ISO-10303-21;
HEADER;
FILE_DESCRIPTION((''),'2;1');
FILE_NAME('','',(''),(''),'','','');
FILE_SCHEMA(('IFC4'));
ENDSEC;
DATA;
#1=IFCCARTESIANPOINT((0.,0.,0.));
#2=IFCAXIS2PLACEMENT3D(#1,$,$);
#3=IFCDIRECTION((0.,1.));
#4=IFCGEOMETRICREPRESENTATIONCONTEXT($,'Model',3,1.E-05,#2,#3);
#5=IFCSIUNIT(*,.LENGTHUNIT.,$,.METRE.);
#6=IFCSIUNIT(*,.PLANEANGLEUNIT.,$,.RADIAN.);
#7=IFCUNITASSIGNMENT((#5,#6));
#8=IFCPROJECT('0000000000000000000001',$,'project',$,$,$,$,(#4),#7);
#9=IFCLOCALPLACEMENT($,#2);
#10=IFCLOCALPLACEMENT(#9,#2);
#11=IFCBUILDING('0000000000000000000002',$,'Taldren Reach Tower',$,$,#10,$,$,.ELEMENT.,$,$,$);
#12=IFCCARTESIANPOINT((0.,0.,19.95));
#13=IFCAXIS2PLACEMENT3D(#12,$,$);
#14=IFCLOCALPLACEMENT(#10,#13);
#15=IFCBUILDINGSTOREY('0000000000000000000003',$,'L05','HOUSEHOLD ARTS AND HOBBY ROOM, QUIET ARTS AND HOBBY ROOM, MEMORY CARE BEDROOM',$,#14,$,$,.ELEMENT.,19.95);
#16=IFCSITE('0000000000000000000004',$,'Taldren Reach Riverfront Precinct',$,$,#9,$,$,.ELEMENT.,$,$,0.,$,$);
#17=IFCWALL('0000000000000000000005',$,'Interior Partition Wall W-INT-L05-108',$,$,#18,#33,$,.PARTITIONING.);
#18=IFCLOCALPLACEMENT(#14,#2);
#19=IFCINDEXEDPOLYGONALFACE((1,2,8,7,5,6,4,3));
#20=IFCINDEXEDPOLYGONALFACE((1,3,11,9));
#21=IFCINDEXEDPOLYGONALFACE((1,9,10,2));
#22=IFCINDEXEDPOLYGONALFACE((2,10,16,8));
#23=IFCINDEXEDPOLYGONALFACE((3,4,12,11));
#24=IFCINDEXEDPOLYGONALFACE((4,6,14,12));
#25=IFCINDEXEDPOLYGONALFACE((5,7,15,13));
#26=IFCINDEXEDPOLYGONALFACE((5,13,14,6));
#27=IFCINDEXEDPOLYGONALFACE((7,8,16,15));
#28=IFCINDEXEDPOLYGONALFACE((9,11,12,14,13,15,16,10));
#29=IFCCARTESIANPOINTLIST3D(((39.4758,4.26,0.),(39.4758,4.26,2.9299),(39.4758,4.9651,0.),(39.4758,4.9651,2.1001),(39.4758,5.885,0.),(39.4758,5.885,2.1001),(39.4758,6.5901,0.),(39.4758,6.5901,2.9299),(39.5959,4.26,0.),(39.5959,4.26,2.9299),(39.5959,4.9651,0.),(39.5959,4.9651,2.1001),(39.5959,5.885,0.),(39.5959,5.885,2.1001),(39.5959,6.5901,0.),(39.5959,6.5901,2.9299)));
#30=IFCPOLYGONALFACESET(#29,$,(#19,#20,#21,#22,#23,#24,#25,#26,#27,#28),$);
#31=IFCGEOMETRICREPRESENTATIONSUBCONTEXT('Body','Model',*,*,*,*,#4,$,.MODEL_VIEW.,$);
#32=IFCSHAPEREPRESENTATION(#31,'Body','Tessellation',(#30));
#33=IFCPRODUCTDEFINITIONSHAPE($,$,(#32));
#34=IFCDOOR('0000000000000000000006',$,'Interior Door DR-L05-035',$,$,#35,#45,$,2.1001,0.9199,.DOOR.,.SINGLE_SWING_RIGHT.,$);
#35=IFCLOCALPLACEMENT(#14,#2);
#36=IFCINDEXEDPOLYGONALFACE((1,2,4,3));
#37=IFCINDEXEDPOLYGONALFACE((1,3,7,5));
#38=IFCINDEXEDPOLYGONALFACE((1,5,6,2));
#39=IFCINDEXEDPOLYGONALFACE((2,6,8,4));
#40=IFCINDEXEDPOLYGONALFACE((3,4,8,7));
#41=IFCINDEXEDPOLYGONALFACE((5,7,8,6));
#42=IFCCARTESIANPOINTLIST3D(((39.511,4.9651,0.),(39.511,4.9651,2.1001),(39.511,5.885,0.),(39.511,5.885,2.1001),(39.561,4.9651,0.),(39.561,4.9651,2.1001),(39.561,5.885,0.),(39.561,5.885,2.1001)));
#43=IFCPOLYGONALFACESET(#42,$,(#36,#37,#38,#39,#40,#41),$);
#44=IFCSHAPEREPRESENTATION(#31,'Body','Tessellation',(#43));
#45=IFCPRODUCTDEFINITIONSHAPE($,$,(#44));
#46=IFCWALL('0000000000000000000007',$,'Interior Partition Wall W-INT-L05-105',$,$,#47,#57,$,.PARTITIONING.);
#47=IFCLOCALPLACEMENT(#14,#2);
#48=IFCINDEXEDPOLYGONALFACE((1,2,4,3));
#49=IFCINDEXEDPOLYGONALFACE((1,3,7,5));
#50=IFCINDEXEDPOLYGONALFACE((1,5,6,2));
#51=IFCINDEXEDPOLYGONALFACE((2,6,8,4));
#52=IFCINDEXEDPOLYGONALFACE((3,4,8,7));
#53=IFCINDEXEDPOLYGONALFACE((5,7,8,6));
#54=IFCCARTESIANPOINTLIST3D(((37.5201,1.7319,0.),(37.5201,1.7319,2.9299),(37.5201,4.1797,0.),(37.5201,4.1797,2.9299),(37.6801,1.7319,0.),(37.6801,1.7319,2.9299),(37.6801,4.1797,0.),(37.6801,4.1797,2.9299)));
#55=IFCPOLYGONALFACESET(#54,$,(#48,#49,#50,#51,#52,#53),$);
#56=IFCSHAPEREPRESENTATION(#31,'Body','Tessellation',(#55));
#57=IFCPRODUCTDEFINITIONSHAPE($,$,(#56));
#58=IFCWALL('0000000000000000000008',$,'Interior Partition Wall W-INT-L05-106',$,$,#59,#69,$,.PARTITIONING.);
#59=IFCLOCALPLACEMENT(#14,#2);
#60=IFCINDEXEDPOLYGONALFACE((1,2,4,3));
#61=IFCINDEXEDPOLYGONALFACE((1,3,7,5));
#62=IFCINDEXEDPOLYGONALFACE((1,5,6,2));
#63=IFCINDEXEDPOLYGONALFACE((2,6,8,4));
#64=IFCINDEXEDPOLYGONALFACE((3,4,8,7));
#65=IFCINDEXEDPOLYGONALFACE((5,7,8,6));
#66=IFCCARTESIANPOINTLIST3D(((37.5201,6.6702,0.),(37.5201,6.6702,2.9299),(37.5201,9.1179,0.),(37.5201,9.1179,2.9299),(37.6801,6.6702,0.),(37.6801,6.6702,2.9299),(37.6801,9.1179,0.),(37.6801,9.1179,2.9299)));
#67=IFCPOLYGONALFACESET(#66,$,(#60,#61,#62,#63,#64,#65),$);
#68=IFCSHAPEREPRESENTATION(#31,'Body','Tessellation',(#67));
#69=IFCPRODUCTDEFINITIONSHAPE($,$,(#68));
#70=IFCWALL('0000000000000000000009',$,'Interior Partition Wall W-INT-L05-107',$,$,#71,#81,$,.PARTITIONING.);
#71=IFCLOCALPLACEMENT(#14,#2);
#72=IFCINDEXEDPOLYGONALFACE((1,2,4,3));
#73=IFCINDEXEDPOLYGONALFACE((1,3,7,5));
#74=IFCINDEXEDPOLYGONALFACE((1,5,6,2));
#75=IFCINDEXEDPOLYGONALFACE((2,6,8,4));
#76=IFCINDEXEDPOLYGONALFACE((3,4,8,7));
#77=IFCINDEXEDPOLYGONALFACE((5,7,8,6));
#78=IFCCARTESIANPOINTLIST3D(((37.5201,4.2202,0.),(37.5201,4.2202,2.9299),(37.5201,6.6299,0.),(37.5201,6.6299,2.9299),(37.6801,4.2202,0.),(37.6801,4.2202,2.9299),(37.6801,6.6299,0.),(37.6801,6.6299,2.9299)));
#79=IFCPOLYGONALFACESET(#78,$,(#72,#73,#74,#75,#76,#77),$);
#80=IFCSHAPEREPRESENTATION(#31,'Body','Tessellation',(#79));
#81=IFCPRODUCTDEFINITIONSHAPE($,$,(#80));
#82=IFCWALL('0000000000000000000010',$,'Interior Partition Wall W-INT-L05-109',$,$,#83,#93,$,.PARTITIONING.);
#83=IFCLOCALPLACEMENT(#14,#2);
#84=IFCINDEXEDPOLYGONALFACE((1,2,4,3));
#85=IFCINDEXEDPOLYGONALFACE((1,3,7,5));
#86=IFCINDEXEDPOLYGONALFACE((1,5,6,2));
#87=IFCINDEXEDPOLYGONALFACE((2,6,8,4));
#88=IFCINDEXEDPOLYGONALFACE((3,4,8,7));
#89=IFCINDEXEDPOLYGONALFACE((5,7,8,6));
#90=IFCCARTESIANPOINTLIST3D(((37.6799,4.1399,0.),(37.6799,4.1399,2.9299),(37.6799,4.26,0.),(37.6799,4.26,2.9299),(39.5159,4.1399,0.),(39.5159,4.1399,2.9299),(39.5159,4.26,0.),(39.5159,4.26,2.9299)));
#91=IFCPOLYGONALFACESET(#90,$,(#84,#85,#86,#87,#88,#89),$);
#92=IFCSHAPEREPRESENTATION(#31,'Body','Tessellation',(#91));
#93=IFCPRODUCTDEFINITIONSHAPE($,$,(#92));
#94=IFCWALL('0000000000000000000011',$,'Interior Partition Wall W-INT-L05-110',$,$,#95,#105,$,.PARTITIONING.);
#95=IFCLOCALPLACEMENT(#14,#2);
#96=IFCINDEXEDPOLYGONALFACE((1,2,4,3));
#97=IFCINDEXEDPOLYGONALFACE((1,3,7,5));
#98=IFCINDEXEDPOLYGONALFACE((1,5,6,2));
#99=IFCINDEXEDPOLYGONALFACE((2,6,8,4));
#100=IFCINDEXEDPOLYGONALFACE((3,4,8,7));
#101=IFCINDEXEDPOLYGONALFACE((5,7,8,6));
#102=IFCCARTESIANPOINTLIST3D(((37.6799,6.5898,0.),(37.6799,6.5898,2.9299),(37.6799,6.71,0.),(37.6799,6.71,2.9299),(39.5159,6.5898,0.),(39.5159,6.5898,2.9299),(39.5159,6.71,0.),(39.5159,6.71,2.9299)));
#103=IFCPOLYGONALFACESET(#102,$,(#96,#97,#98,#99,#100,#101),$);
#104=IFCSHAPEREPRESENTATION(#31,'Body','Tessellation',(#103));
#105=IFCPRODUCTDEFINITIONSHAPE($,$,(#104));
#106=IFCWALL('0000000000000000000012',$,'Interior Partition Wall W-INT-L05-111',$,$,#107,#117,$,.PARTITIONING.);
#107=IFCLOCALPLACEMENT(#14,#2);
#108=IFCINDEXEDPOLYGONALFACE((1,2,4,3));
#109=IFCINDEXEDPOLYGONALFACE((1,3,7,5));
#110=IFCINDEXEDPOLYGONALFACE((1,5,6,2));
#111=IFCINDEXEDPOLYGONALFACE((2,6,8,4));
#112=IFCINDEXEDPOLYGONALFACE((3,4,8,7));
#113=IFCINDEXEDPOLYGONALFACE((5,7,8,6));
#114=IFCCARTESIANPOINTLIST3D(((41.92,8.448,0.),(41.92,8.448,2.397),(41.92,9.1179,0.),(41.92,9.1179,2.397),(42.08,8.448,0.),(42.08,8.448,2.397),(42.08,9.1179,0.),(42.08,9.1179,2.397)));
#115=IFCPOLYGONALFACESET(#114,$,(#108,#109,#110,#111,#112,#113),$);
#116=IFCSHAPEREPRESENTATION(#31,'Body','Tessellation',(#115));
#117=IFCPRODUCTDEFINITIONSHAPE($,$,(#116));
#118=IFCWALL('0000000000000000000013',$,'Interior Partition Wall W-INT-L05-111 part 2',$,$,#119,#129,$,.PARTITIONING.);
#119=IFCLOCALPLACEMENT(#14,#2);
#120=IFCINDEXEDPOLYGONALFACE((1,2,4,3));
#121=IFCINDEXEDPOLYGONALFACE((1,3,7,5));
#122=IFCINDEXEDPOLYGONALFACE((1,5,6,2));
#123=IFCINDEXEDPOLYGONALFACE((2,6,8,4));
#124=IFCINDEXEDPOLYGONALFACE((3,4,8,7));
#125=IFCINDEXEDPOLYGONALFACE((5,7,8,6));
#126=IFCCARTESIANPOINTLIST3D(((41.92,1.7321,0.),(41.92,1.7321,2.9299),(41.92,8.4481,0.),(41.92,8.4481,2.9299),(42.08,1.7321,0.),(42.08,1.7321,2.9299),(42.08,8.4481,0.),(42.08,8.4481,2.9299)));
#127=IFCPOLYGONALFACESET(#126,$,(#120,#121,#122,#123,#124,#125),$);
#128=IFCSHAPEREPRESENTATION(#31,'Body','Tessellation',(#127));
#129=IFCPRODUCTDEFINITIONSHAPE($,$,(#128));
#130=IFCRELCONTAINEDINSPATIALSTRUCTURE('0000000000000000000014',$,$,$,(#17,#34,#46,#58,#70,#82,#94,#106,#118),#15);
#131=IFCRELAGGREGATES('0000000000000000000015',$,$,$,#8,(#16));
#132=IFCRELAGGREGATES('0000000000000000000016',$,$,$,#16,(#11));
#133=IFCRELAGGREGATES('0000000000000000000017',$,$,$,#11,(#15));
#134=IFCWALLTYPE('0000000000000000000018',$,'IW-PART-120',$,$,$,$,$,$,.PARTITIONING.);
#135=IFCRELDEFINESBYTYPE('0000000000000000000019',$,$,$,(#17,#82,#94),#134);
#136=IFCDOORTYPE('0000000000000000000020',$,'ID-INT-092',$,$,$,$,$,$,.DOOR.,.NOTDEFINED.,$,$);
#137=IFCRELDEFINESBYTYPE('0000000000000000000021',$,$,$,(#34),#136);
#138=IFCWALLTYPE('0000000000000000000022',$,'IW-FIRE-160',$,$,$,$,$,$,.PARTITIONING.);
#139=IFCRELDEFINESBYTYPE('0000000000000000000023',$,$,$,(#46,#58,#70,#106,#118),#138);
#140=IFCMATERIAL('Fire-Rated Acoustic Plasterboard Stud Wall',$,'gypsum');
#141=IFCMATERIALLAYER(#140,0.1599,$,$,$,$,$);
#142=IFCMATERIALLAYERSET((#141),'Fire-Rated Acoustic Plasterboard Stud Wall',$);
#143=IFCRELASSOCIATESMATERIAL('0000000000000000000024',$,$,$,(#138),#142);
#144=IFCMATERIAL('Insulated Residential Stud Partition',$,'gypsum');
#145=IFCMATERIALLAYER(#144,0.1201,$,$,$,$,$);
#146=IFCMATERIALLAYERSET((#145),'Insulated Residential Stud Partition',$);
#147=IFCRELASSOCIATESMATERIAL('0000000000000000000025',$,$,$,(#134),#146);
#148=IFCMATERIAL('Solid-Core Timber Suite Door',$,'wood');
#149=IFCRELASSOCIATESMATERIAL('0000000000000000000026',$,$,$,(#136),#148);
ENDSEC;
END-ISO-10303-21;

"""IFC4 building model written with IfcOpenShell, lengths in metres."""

from ifc_helpers import new_model, si_unit, direction, frame, frame_2d, origin, place, context, subcontext, project, spatial, rectangle, extrude, source, transform, mapped, material, layer, layer_set, type_object, element, fill, save


model = new_model("IFC4")

# Units and contexts
model_context = context("Model", 3, precision=1e-05, world=origin(), true_north=direction((0.0, 1.0)))
body_context = subcontext(model_context, "Body", "Model", "MODEL_VIEW")
ifc_project = project(units=[si_unit("LENGTHUNIT", "METRE"), si_unit("PLANEANGLEUNIT", "RADIAN")], contexts=[model_context])

# Site, building, storey
site_placement = place(None, origin())
site = spatial("IfcSite", under=ifc_project, at=site_placement, Name="Taldren Reach Riverfront Precinct", CompositionType="ELEMENT", RefElevation=0.0)
building_placement = place(site_placement, origin())
building = spatial("IfcBuilding", under=site, at=building_placement, Name="Taldren Reach Tower", CompositionType="ELEMENT")
storey_placement = place(building_placement, frame((0.0, 0.0, 19.95)))
storey = spatial("IfcBuildingStorey", under=building, at=storey_placement, Name="L05", Description="HOUSEHOLD ARTS AND HOBBY ROOM, QUIET ARTS AND HOBBY ROOM, MEMORY CARE BEDROOM", CompositionType="ELEMENT", Elevation=19.95)

# Shared definitions
ifc_material_1 = material(Name="Fire-Rated Acoustic Plasterboard Stud Wall", Category="gypsum")
ifc_layer_1 = layer(ifc_material_1, 0.1599)
ifc_layer_set_1 = layer_set([ifc_layer_1], Name="Fire-Rated Acoustic Plasterboard Stud Wall")
wall_type_1 = type_object("IfcWallType", Name="IW-FIRE-160", PredefinedType="PARTITIONING", material=ifc_layer_set_1)

# Shared definitions
ifc_material_2 = material(Name="Insulated Residential Stud Partition", Category="gypsum")
ifc_layer_2 = layer(ifc_material_2, 0.1201)
ifc_layer_set_2 = layer_set([ifc_layer_2], Name="Insulated Residential Stud Partition")
wall_type_2 = type_object("IfcWallType", Name="IW-PART-120", PredefinedType="PARTITIONING", material=ifc_layer_set_2)

# Wall, opening, door
shared_shape_1 = source(origin(), body_context, "Body", "SweptSolid", [
    extrude(rectangle(XDim=2.3301, YDim=0.1201, at=frame_2d((1.165, 0.0))), origin(), (0.0, 0.0, 1.0), 2.9299),
])
wall_1_placement = place(storey_placement, frame((39.5359, 4.26, 0.0), z_axis=(0.0, 0.0, 1.0), x_axis=(0.0, 1.0, 0.0)))
wall_1 = element("IfcWall", 1, at=wall_1_placement, inside=storey, type_object=wall_type_2, Name="Interior Partition Wall W-INT-L05-108", PredefinedType="PARTITIONING", context=body_context, shape_type="MappedRepresentation", body=[
    mapped(shared_shape_1, transform((0.0, 0.0, 0.0), scale=1.0)),
])
shared_shape_2 = source(origin(), body_context, "Body", "SweptSolid", [
    extrude(rectangle(XDim=0.9199, YDim=2.1001, at=frame_2d((0.46, 1.05))), frame((0.0, 0.0701, 0.0), z_axis=(0.0, -1.0, 0.0), x_axis=(1.0, 0.0, 0.0)), (0.0, 0.0, 1.0), 0.1401),
])
opening_1_placement = place(wall_1_placement, frame((0.7051, 0.0, 0.0)))
opening_1 = element("IfcOpeningElement", 2, at=opening_1_placement, cuts=wall_1, PredefinedType="OPENING", context=body_context, shape_type="MappedRepresentation", body=[
    mapped(shared_shape_2, transform((0.0, 0.0, 0.0), scale=1.0)),
])
ifc_material_3 = material(Name="Solid-Core Timber Suite Door", Category="wood")
door_type_1 = type_object("IfcDoorType", Name="ID-INT-092", OperationType="NOTDEFINED", PredefinedType="DOOR", material=ifc_material_3)
shared_shape_3 = source(origin(), body_context, "Body", "SweptSolid", [
    extrude(rectangle(XDim=0.9199, YDim=2.1001, at=frame_2d((0.46, 1.05))), frame((0.0, 0.0249, 0.0), z_axis=(0.0, -1.0, 0.0), x_axis=(1.0, 0.0, 0.0)), (0.0, 0.0, 1.0), 0.05),
])
door_1_placement = place(opening_1_placement, origin())
door_1 = element("IfcDoor", 3, at=door_1_placement, inside=storey, type_object=door_type_1, Name="Interior Door DR-L05-035", OperationType="SINGLE_SWING_RIGHT", OverallHeight=2.1001, OverallWidth=0.9199, PredefinedType="DOOR", context=body_context, shape_type="MappedRepresentation", body=[
    mapped(shared_shape_3, transform((0.0, 0.0, 0.0), scale=1.0)),
])
fill(opening_1, door_1)

# Walls
shared_shape_4 = source(origin(), body_context, "Body", "SweptSolid", [
    extrude(rectangle(XDim=2.4478, YDim=0.1599, at=frame_2d((1.2239, 0.0))), origin(), (0.0, 0.0, 1.0), 2.9299),
])
for number, where, z_axis, x_axis, name in (
    (4, (37.6001, 4.1797, 0.0), (0.0, 0.0, 1.0), (0.0, -1.0, 0.0), "Interior Partition Wall W-INT-L05-105"),
    (5, (37.6001, 9.1179, 0.0), (0.0, 0.0, 1.0), (0.0, -1.0, 0.0), "Interior Partition Wall W-INT-L05-106"),
):
    element("IfcWall", number, at=place(storey_placement, frame(where, z_axis=z_axis, x_axis=x_axis)), inside=storey, type_object=wall_type_1, Name=name, PredefinedType="PARTITIONING", context=body_context, shape_type="MappedRepresentation", body=[
        mapped(shared_shape_4, transform((0.0, 0.0, 0.0), scale=1.0)),
    ])
shared_shape_5 = source(origin(), body_context, "Body", "SweptSolid", [
    extrude(rectangle(XDim=2.4097, YDim=0.1599, at=frame_2d((1.2048, 0.0))), origin(), (0.0, 0.0, 1.0), 2.9299),
])
wall_2_placement = place(storey_placement, frame((37.6001, 6.6299, 0.0), z_axis=(0.0, 0.0, 1.0), x_axis=(0.0, -1.0, 0.0)))
element("IfcWall", 6, at=wall_2_placement, inside=storey, type_object=wall_type_1, Name="Interior Partition Wall W-INT-L05-107", PredefinedType="PARTITIONING", context=body_context, shape_type="MappedRepresentation", body=[
    mapped(shared_shape_5, transform((0.0, 0.0, 0.0), scale=1.0)),
])
shared_shape_6 = source(origin(), body_context, "Body", "SweptSolid", [
    extrude(rectangle(XDim=1.8359, YDim=0.1201, at=frame_2d((0.918, 0.0))), origin(), (0.0, 0.0, 1.0), 2.9299),
])
for number, where, z_axis, x_axis, name in (
    (7, (37.6799, 4.2, 0.0), (0.0, 0.0, 1.0), (1.0, 0.0, 0.0), "Interior Partition Wall W-INT-L05-109"),
    (8, (39.5159, 6.6499, 0.0), (0.0, 0.0, 1.0), (-1.0, 0.0, 0.0), "Interior Partition Wall W-INT-L05-110"),
):
    element("IfcWall", number, at=place(storey_placement, frame(where, z_axis=z_axis, x_axis=x_axis)), inside=storey, type_object=wall_type_2, Name=name, PredefinedType="PARTITIONING", context=body_context, shape_type="MappedRepresentation", body=[
        mapped(shared_shape_6, transform((0.0, 0.0, 0.0), scale=1.0)),
    ])
shared_shape_7 = source(origin(), body_context, "Body", "SweptSolid", [
    extrude(rectangle(XDim=0.6699, YDim=0.1599, at=frame_2d((0.335, 0.0))), origin(), (0.0, 0.0, 1.0), 2.397),
])
wall_3_placement = place(storey_placement, frame((42.0, 9.1179, 0.0), z_axis=(0.0, 0.0, 1.0), x_axis=(0.0, -1.0, 0.0)))
element("IfcWall", 9, at=wall_3_placement, inside=storey, type_object=wall_type_1, Name="Interior Partition Wall W-INT-L05-111", PredefinedType="PARTITIONING", context=body_context, shape_type="MappedRepresentation", body=[
    mapped(shared_shape_7, transform((0.0, 0.0, 0.0), scale=1.0)),
])
shared_shape_8 = source(origin(), body_context, "Body", "SweptSolid", [
    extrude(rectangle(XDim=6.7161, YDim=0.1599, at=frame_2d((3.3579, 0.0))), origin(), (0.0, 0.0, 1.0), 2.9299),
])
wall_4_placement = place(storey_placement, frame((42.0, 8.448, 0.0), z_axis=(0.0, 0.0, 1.0), x_axis=(0.0, -1.0, 0.0)))
element("IfcWall", 10, at=wall_4_placement, inside=storey, type_object=wall_type_1, Name="Interior Partition Wall W-INT-L05-111 part 2", PredefinedType="PARTITIONING", context=body_context, shape_type="MappedRepresentation", body=[
    mapped(shared_shape_8, transform((0.0, 0.0, 0.0), scale=1.0)),
])

save(model, "model.ifc")
